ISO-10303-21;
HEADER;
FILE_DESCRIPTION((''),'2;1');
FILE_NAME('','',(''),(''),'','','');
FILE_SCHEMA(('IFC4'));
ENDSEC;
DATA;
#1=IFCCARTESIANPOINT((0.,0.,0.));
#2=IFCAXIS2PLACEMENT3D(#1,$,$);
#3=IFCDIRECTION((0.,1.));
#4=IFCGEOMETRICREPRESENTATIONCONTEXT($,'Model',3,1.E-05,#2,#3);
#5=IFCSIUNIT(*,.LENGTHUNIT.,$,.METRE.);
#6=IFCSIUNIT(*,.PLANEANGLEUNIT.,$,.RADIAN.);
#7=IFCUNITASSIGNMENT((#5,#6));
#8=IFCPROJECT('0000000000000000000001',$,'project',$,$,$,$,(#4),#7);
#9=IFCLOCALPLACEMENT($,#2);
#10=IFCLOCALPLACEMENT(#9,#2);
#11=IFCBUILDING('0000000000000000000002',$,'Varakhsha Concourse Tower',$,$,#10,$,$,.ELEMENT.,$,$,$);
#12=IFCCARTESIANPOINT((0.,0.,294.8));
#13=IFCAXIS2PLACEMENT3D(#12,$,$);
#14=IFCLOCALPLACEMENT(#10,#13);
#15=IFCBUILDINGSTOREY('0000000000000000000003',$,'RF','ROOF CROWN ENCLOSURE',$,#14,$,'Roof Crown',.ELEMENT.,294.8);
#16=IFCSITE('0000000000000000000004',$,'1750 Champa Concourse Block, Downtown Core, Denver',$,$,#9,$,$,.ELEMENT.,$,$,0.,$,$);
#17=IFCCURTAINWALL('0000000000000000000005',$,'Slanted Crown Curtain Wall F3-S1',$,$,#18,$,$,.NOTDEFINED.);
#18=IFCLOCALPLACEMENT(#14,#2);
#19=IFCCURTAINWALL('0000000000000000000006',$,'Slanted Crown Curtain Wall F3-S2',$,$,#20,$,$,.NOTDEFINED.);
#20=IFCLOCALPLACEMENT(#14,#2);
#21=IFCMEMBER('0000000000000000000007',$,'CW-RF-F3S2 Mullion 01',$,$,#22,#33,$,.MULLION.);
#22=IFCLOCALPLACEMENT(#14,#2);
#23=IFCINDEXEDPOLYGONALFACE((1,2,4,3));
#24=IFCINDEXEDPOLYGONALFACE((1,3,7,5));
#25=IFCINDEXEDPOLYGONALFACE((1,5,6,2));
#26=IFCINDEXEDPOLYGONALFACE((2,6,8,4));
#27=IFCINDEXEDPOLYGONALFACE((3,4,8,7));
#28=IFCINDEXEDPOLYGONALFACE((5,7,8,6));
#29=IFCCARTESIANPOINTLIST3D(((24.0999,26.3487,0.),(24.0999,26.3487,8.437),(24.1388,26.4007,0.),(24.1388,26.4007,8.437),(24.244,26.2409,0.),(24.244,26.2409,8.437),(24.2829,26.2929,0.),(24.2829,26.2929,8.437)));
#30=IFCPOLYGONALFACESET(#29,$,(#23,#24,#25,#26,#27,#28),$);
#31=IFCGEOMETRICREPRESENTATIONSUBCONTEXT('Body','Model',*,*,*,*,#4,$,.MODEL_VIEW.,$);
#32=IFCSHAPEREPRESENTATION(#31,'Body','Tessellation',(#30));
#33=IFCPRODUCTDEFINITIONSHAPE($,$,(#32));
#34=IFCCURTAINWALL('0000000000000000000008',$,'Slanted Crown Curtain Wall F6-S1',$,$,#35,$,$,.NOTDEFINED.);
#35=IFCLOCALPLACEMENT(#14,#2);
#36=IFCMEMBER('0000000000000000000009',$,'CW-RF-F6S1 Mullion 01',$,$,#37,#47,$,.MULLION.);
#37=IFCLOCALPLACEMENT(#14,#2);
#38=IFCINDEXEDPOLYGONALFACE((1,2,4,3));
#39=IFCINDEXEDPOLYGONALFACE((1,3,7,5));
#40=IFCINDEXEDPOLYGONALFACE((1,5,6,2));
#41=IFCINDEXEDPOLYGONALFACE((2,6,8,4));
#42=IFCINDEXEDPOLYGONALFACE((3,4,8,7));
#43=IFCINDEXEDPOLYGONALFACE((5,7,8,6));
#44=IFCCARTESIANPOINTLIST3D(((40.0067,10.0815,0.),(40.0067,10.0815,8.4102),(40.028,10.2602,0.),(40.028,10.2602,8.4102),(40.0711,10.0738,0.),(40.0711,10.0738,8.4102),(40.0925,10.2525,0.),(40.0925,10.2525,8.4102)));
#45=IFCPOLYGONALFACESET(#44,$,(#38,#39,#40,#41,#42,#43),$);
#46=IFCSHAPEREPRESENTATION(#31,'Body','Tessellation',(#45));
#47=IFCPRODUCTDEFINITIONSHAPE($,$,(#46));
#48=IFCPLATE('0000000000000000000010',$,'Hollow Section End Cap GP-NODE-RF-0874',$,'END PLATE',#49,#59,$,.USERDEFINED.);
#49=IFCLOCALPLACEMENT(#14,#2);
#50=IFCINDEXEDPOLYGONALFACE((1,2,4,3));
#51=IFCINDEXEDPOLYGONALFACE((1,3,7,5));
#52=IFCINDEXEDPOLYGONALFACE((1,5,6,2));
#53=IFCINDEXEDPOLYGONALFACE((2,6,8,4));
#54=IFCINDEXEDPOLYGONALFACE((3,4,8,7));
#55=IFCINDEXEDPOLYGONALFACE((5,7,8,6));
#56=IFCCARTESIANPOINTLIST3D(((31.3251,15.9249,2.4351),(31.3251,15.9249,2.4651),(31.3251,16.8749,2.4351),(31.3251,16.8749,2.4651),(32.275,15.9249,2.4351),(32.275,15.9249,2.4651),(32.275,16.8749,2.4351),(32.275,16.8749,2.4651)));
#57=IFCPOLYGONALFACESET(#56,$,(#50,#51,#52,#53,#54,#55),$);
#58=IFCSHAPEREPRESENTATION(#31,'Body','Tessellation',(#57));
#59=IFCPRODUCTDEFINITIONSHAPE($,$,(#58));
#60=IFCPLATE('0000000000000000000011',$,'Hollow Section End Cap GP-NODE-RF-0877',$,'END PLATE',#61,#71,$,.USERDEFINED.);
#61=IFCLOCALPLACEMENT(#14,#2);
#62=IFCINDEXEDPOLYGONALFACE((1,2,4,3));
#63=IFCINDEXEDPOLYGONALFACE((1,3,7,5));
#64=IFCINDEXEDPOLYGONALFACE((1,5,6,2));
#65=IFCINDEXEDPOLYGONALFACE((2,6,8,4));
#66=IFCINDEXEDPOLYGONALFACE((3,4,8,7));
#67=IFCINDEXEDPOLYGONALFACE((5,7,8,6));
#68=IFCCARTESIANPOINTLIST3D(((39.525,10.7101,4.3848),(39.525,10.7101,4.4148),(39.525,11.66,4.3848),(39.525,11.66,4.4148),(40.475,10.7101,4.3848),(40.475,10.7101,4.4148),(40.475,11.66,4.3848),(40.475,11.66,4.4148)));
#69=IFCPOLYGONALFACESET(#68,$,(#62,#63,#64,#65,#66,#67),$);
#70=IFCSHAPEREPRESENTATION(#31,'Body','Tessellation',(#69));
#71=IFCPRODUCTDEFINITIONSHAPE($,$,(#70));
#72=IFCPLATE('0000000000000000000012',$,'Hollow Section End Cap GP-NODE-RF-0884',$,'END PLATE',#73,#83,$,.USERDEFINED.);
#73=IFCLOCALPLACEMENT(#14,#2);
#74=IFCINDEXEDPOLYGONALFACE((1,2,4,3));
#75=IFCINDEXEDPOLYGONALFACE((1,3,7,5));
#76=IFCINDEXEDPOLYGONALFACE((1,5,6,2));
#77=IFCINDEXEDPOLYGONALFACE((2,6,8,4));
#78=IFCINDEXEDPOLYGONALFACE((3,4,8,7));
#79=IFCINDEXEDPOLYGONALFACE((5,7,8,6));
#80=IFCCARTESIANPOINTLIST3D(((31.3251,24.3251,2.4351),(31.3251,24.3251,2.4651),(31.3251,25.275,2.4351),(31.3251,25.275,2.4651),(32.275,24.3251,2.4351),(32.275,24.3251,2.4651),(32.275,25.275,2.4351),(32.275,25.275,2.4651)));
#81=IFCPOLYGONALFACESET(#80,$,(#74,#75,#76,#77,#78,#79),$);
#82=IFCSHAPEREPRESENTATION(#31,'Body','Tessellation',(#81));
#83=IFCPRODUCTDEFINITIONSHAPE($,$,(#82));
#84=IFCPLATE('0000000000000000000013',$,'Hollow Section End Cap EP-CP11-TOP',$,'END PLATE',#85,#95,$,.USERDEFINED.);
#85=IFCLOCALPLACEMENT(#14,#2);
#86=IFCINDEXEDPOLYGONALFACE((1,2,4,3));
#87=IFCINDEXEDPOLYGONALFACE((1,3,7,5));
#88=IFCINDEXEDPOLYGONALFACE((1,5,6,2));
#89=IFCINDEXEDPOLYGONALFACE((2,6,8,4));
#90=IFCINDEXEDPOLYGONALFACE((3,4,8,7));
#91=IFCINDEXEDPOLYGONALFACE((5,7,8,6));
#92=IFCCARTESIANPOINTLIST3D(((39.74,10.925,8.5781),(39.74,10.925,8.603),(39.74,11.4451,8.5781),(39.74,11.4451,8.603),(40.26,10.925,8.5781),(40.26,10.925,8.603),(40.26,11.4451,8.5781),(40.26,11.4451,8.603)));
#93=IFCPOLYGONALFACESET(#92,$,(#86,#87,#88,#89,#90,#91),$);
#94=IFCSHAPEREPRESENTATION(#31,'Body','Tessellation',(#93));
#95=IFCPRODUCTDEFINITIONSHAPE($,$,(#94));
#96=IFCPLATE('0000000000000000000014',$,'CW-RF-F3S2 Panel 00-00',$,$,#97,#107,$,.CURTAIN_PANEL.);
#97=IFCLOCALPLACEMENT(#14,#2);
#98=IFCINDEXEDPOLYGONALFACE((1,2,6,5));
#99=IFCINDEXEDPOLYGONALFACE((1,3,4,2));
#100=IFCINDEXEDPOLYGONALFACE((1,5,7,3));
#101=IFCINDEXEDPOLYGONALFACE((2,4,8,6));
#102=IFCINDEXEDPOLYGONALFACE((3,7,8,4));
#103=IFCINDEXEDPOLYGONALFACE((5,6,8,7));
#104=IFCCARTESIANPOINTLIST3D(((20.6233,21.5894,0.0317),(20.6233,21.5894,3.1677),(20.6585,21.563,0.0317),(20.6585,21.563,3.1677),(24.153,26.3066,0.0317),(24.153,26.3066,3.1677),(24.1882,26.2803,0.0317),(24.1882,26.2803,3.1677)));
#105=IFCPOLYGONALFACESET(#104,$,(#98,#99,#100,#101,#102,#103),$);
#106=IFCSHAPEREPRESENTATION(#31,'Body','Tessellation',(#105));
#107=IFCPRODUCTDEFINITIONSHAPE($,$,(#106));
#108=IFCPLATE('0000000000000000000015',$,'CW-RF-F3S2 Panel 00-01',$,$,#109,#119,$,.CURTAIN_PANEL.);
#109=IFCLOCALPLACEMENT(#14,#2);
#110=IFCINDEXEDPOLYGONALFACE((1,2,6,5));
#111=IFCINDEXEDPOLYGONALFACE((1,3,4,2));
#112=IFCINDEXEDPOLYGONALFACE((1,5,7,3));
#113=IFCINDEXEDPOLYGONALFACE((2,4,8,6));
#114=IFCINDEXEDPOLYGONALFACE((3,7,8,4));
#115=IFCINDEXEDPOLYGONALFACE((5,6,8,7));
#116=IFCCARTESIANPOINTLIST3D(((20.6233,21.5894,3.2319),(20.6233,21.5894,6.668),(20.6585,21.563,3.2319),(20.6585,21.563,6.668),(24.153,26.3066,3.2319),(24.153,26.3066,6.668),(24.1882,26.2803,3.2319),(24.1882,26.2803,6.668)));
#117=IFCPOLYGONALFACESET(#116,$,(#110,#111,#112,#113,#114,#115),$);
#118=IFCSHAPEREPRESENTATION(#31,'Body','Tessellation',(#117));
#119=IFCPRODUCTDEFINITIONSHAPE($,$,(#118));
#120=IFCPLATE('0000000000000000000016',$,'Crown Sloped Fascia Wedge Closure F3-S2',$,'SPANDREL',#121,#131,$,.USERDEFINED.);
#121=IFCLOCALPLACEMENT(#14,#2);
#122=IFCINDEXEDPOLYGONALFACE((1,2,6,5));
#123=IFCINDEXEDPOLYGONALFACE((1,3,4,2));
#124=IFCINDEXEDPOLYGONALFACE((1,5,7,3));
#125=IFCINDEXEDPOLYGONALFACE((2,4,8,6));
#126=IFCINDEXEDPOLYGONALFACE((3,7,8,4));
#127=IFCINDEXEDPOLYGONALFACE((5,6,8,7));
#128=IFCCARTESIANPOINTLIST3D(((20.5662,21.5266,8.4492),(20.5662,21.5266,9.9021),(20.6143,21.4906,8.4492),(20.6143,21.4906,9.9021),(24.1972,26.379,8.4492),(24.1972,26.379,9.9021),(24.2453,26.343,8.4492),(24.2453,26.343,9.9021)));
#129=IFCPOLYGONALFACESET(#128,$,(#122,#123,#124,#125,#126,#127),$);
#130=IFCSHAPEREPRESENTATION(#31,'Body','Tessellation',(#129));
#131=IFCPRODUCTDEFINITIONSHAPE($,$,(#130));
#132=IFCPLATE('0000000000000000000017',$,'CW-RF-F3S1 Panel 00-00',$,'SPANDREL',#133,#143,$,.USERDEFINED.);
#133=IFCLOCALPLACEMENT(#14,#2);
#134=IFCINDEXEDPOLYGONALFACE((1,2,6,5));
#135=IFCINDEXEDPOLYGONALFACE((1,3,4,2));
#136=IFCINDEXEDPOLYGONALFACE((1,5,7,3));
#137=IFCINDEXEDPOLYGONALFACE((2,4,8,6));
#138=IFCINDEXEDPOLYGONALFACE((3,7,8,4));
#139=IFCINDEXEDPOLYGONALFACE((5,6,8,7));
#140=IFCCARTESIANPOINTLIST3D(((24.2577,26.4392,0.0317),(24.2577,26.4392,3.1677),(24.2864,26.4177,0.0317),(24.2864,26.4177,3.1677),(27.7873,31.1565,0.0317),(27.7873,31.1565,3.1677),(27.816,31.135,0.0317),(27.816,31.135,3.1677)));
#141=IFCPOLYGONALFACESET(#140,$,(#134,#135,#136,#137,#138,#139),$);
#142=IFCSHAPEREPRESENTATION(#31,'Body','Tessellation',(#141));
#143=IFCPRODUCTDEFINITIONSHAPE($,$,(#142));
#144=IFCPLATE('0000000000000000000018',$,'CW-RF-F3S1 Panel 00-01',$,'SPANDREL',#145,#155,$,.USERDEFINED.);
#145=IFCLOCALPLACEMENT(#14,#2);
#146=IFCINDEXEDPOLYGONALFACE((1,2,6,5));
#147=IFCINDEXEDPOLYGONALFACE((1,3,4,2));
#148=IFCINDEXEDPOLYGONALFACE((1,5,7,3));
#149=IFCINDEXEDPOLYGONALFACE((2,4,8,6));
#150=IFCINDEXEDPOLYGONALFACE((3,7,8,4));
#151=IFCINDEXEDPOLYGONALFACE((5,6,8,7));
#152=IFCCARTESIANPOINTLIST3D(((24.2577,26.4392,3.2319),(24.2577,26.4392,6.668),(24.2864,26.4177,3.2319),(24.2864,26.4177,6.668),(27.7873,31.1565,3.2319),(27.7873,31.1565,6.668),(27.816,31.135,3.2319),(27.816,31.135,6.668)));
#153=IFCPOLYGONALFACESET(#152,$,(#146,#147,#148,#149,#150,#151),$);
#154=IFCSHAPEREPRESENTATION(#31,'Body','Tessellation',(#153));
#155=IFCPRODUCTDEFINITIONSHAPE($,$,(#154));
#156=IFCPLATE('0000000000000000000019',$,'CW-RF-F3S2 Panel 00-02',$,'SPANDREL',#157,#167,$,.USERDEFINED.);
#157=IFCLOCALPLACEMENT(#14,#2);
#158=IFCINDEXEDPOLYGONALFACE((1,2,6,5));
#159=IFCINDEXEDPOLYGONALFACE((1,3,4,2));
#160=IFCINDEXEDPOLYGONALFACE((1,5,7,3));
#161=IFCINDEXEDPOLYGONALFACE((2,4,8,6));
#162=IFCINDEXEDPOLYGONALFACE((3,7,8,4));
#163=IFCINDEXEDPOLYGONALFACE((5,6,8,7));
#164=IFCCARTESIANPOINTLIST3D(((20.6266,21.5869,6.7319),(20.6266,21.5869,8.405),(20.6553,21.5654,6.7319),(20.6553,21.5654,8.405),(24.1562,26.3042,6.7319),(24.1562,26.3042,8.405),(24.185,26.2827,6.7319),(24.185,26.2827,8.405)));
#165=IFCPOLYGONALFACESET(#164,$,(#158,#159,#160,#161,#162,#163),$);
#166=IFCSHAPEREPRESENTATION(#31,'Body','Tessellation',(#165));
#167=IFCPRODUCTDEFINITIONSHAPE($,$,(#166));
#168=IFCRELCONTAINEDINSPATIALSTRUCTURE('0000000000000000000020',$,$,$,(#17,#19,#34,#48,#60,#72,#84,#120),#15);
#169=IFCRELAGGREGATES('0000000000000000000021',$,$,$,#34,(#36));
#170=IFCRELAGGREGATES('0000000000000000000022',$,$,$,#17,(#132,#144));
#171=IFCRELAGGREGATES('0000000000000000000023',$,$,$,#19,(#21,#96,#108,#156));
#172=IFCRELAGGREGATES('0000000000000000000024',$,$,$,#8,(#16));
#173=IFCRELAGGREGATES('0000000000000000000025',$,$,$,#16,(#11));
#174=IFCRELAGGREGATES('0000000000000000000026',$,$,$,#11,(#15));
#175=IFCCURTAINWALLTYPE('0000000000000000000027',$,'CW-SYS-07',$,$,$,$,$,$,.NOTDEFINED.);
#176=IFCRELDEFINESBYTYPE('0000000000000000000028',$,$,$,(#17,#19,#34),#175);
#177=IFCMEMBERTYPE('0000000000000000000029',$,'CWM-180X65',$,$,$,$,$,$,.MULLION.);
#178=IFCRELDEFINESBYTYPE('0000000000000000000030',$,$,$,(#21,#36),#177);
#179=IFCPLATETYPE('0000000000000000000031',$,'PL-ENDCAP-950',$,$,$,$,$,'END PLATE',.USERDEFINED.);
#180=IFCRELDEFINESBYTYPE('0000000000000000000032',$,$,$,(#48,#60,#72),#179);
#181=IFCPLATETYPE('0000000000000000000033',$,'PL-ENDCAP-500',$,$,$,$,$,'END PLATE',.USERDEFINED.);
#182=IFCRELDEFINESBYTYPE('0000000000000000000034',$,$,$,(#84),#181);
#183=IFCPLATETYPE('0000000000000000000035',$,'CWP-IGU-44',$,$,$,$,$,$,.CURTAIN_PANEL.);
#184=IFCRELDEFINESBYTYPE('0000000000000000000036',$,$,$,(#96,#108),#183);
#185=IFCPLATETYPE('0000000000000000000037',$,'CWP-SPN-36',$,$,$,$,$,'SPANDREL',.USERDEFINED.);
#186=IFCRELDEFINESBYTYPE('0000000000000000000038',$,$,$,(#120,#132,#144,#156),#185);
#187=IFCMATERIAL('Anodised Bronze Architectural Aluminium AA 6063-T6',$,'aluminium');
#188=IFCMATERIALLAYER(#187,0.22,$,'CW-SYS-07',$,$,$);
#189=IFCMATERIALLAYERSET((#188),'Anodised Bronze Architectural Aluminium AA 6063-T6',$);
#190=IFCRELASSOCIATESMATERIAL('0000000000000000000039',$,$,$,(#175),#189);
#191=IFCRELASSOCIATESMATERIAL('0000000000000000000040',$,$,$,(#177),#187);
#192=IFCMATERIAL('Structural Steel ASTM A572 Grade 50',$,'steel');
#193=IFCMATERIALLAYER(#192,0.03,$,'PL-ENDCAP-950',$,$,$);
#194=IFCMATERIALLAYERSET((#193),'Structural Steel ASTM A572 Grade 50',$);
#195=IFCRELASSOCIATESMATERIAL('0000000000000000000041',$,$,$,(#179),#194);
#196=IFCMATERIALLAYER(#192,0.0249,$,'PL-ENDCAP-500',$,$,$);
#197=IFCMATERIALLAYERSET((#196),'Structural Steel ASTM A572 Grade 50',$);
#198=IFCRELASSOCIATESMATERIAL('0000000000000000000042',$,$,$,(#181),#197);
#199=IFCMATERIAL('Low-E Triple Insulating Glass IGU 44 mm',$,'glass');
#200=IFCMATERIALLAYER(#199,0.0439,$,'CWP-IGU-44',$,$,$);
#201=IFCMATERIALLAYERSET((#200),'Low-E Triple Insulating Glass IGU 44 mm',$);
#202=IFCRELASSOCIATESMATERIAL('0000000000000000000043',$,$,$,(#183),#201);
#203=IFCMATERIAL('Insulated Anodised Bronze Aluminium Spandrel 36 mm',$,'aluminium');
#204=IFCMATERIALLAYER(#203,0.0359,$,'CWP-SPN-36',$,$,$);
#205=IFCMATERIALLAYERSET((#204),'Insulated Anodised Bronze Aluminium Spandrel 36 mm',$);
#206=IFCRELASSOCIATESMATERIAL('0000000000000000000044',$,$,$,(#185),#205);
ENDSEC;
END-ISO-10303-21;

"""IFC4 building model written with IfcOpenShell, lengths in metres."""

from ifc_helpers import new_model, si_unit, direction, frame, origin, origin_2d, place, context, subcontext, project, spatial, rectangle, extrude, source, transform, mapped, material, layer, layer_set, material_profile, profile_set, type_object, type_shapes, element, aggregate, save


model = new_model("IFC4")

# Units and contexts
model_context = context("Model", 3, precision=1e-05, world=origin(), true_north=direction((0.0, 1.0)))
body_context = subcontext(model_context, "Body", "Model", "MODEL_VIEW")
ifc_project = project(units=[si_unit("LENGTHUNIT", "METRE"), si_unit("PLANEANGLEUNIT", "RADIAN")], contexts=[model_context])

# Site, building, storey
site_placement = place(None, origin())
site = spatial("IfcSite", under=ifc_project, at=site_placement, Name="1750 Champa Concourse Block, Downtown Core, Denver", CompositionType="ELEMENT", RefElevation=0.0)
building_placement = place(site_placement, origin())
building = spatial("IfcBuilding", under=site, at=building_placement, Name="Varakhsha Concourse Tower", CompositionType="ELEMENT")
storey_placement = place(building_placement, frame((0.0, 0.0, 294.8)))
storey = spatial("IfcBuildingStorey", under=building, at=storey_placement, Name="RF", Description="ROOF CROWN ENCLOSURE", LongName="Roof Crown", CompositionType="ELEMENT", Elevation=294.8)

# Shared definitions
ifc_material_1 = material(Name="Structural Steel ASTM A572 Grade 50", Category="steel")

# Curtain wall
ifc_material_2 = material(Name="Anodised Bronze Architectural Aluminium AA 6063-T6", Category="aluminium")
ifc_layer_1 = layer(ifc_material_2, 0.22, Name="CW-SYS-07")
ifc_layer_set_1 = layer_set([ifc_layer_1], Name="Anodised Bronze Architectural Aluminium AA 6063-T6")
curtain_wall_type = type_object("IfcCurtainWallType", Name="CW-SYS-07", PredefinedType="NOTDEFINED", material=ifc_layer_set_1)
curtain_wall_1_placement = place(storey_placement, origin())
curtain_wall_1 = element("IfcCurtainWall", 1, at=curtain_wall_1_placement, inside=storey, type_object=curtain_wall_type, Name="Slanted Crown Curtain Wall F3-S1", PredefinedType="NOTDEFINED")
ifc_material_profile_1 = material_profile(ifc_material_2, rectangle(XDim=0.0649, YDim=0.1799, at=origin_2d()), Name="CWM-180X65")
ifc_profile_set_1 = profile_set([ifc_material_profile_1], Name="Anodised Bronze Architectural Aluminium AA 6063-T6")
member_type_1 = type_object("IfcMemberType", Name="CWM-180X65", PredefinedType="MULLION", material=ifc_profile_set_1)

# Curtain walls, members
curtain_wall_2_placement = place(storey_placement, origin())
curtain_wall_2 = element("IfcCurtainWall", 2, at=curtain_wall_2_placement, inside=storey, type_object=curtain_wall_type, Name="Slanted Crown Curtain Wall F3-S2", PredefinedType="NOTDEFINED")
shared_shape_1 = source(origin(), body_context, "Body", "SweptSolid", [
    extrude(rectangle(XDim=0.0649, YDim=0.1799, at=origin_2d()), origin(), (0.0, 0.0, 1.0), 8.437),
])
member_1_placement = place(storey_placement, frame((24.1914, 26.3208, 0.0), z_axis=(0.0, 0.0, 1.0), x_axis=(0.5991, 0.800674, 0.0)))
member_1 = element("IfcMember", 3, at=member_1_placement, type_object=member_type_1, Name="CW-RF-F3S2 Mullion 01", PredefinedType="MULLION", context=body_context, shape_type="MappedRepresentation", body=[
    mapped(shared_shape_1, transform((0.0, 0.0, 0.0), scale=1.0)),
])
curtain_wall_3_placement = place(storey_placement, origin())
curtain_wall_3 = element("IfcCurtainWall", 4, at=curtain_wall_3_placement, inside=storey, type_object=curtain_wall_type, Name="Slanted Crown Curtain Wall F6-S1", PredefinedType="NOTDEFINED")
shared_shape_2 = source(origin(), body_context, "Body", "SweptSolid", [
    extrude(rectangle(XDim=0.0649, YDim=0.1799, at=origin_2d()), origin(), (0.0, 0.0, 1.0), 8.4102),
])
member_2_placement = place(storey_placement, frame((40.0496, 10.167, 0.0), z_axis=(0.0, 0.0, 1.0), x_axis=(-0.992953, 0.11851, 0.0)))
member_2 = element("IfcMember", 5, at=member_2_placement, type_object=member_type_1, Name="CW-RF-F6S1 Mullion 01", PredefinedType="MULLION", context=body_context, shape_type="MappedRepresentation", body=[
    mapped(shared_shape_2, transform((0.0, 0.0, 0.0), scale=1.0)),
])
aggregate(curtain_wall_3, [member_2])

# Plates
ifc_layer_2 = layer(ifc_material_1, 0.03, Name="PL-ENDCAP-950")
ifc_layer_set_2 = layer_set([ifc_layer_2], Name="Structural Steel ASTM A572 Grade 50")
plate_type_1 = type_object("IfcPlateType", Name="PL-ENDCAP-950", ElementType="END PLATE", PredefinedType="USERDEFINED", material=ifc_layer_set_2)
shared_shape_3 = source(origin(), body_context, "Body", "SweptSolid", [
    extrude(rectangle(XDim=0.95, YDim=0.95, at=origin_2d()), origin(), (0.0, 0.0, 1.0), 0.03),
])
type_shapes(plate_type_1, [shared_shape_3])
for number, where, z_axis, x_axis, name in (
    (6, (31.8, 16.3999, 2.4351), (0.0, 0.0, 1.0), (1.0, 0.0, 0.0), "Hollow Section End Cap GP-NODE-RF-0874"),
    (7, (40.0, 11.1851, 4.3848), (0.0, 0.0, 1.0), (1.0, 0.0, 0.0), "Hollow Section End Cap GP-NODE-RF-0877"),
    (8, (31.8, 24.8, 2.4351), (0.0, 0.0, 1.0), (1.0, 0.0, 0.0), "Hollow Section End Cap GP-NODE-RF-0884"),
):
    element("IfcPlate", number, at=place(storey_placement, frame(where, z_axis=z_axis, x_axis=x_axis)), inside=storey, type_object=plate_type_1, Name=name, ObjectType="END PLATE", PredefinedType="USERDEFINED", context=body_context, shape_type="MappedRepresentation", body=[
        mapped(shared_shape_3, transform((0.0, 0.0, 0.0), scale=1.0)),
    ])
ifc_layer_3 = layer(ifc_material_1, 0.0249, Name="PL-ENDCAP-500")
ifc_layer_set_3 = layer_set([ifc_layer_3], Name="Structural Steel ASTM A572 Grade 50")
plate_type_2 = type_object("IfcPlateType", Name="PL-ENDCAP-500", ElementType="END PLATE", PredefinedType="USERDEFINED", material=ifc_layer_set_3)
shared_shape_4 = source(origin(), body_context, "Body", "SweptSolid", [
    extrude(rectangle(XDim=0.52, YDim=0.52, at=origin_2d()), origin(), (0.0, 0.0, 1.0), 0.0249),
])
type_shapes(plate_type_2, [shared_shape_4])
plate_1_placement = place(storey_placement, frame((40.0, 11.1851, 8.5781), z_axis=(0.0, 0.0, 1.0), x_axis=(1.0, 0.0, 0.0)))
element("IfcPlate", 9, at=plate_1_placement, inside=storey, type_object=plate_type_2, Name="Hollow Section End Cap EP-CP11-TOP", ObjectType="END PLATE", PredefinedType="USERDEFINED", context=body_context, shape_type="MappedRepresentation", body=[
    mapped(shared_shape_4, transform((0.0, 0.0, 0.0), scale=1.0)),
])

# Plates
ifc_material_3 = material(Name="Low-E Triple Insulating Glass IGU 44 mm", Category="glass")
ifc_layer_4 = layer(ifc_material_3, 0.0439, Name="CWP-IGU-44")
ifc_layer_set_4 = layer_set([ifc_layer_4], Name="Low-E Triple Insulating Glass IGU 44 mm")
plate_type_3 = type_object("IfcPlateType", Name="CWP-IGU-44", PredefinedType="CURTAIN_PANEL", material=ifc_layer_set_4)
shared_shape_5 = source(origin(), body_context, "Body", "SweptSolid", [
    extrude(rectangle(XDim=5.8916, YDim=0.0439, at=origin_2d()), origin(), (0.0, 0.0, 1.0), 3.136),
])
plate_2_placement = place(storey_placement, frame((22.4058, 23.9348, 0.0317), z_axis=(0.0, 0.0, 1.0), x_axis=(0.5991, 0.800674, 0.0)))
plate_2 = element("IfcPlate", 10, at=plate_2_placement, type_object=plate_type_3, Name="CW-RF-F3S2 Panel 00-00", PredefinedType="CURTAIN_PANEL", context=body_context, shape_type="MappedRepresentation", body=[
    mapped(shared_shape_5, transform((0.0, 0.0, 0.0), scale=1.0)),
])
shared_shape_6 = source(origin(), body_context, "Body", "SweptSolid", [
    extrude(rectangle(XDim=5.8916, YDim=0.0439, at=origin_2d()), origin(), (0.0, 0.0, 1.0), 3.436),
])
type_shapes(plate_type_3, [shared_shape_5, shared_shape_6])
plate_3_placement = place(storey_placement, frame((22.4058, 23.9348, 3.2319), z_axis=(0.0, 0.0, 1.0), x_axis=(0.5991, 0.800674, 0.0)))
plate_3 = element("IfcPlate", 11, at=plate_3_placement, type_object=plate_type_3, Name="CW-RF-F3S2 Panel 00-01", PredefinedType="CURTAIN_PANEL", context=body_context, shape_type="MappedRepresentation", body=[
    mapped(shared_shape_6, transform((0.0, 0.0, 0.0), scale=1.0)),
])
ifc_material_4 = material(Name="Insulated Anodised Bronze Aluminium Spandrel 36 mm", Category="aluminium")
ifc_layer_5 = layer(ifc_material_4, 0.0359, Name="CWP-SPN-36")
ifc_layer_set_5 = layer_set([ifc_layer_5], Name="Insulated Anodised Bronze Aluminium Spandrel 36 mm")
plate_type_4 = type_object("IfcPlateType", Name="CWP-SPN-36", ElementType="SPANDREL", PredefinedType="USERDEFINED", material=ifc_layer_set_5)
shared_shape_7 = source(origin(), body_context, "Body", "SweptSolid", [
    extrude(rectangle(XDim=6.0605, YDim=0.0601, at=origin_2d()), origin(), (0.0, 0.0, 1.0), 1.4529),
])
plate_4_placement = place(storey_placement, frame((22.4058, 23.9348, 8.4492), z_axis=(0.0, 0.0, 1.0), x_axis=(0.599121, 0.800658, 0.0)))
element("IfcPlate", 12, at=plate_4_placement, inside=storey, type_object=plate_type_4, Name="Crown Sloped Fascia Wedge Closure F3-S2", ObjectType="SPANDREL", PredefinedType="USERDEFINED", context=body_context, shape_type="MappedRepresentation", body=[
    mapped(shared_shape_7, transform((0.0, 0.0, 0.0), scale=1.0)),
])
shared_shape_8 = source(origin(), body_context, "Body", "SweptSolid", [
    extrude(rectangle(XDim=5.8916, YDim=0.0359, at=origin_2d()), origin(), (0.0, 0.0, 1.0), 3.136),
])
plate_5_placement = place(storey_placement, frame((26.0369, 28.7871, 0.0317), z_axis=(0.0, 0.0, 1.0), x_axis=(0.599092, 0.80068, 0.0)))
plate_5 = element("IfcPlate", 13, at=plate_5_placement, type_object=plate_type_4, Name="CW-RF-F3S1 Panel 00-00", ObjectType="SPANDREL", PredefinedType="USERDEFINED", context=body_context, shape_type="MappedRepresentation", body=[
    mapped(shared_shape_8, transform((0.0, 0.0, 0.0), scale=1.0)),
])
shared_shape_9 = source(origin(), body_context, "Body", "SweptSolid", [
    extrude(rectangle(XDim=5.8916, YDim=0.0359, at=origin_2d()), origin(), (0.0, 0.0, 1.0), 3.436),
])
plate_6_placement = place(storey_placement, frame((26.0369, 28.7871, 3.2319), z_axis=(0.0, 0.0, 1.0), x_axis=(0.599092, 0.80068, 0.0)))
plate_6 = element("IfcPlate", 14, at=plate_6_placement, type_object=plate_type_4, Name="CW-RF-F3S1 Panel 00-01", ObjectType="SPANDREL", PredefinedType="USERDEFINED", context=body_context, shape_type="MappedRepresentation", body=[
    mapped(shared_shape_9, transform((0.0, 0.0, 0.0), scale=1.0)),
])
aggregate(curtain_wall_1, [plate_5, plate_6])
shared_shape_10 = source(origin(), body_context, "Body", "SweptSolid", [
    extrude(rectangle(XDim=5.8916, YDim=0.0359, at=origin_2d()), origin(), (0.0, 0.0, 1.0), 1.6731),
])
type_shapes(plate_type_4, [shared_shape_7, shared_shape_8, shared_shape_9, shared_shape_10])
plate_7_placement = place(storey_placement, frame((22.4058, 23.9348, 6.7319), z_axis=(0.0, 0.0, 1.0), x_axis=(0.5991, 0.800674, 0.0)))
plate_7 = element("IfcPlate", 15, at=plate_7_placement, type_object=plate_type_4, Name="CW-RF-F3S2 Panel 00-02", ObjectType="SPANDREL", PredefinedType="USERDEFINED", context=body_context, shape_type="MappedRepresentation", body=[
    mapped(shared_shape_10, transform((0.0, 0.0, 0.0), scale=1.0)),
])
aggregate(curtain_wall_2, [member_1, plate_2, plate_3, plate_7])

save(model, "model.ifc")
